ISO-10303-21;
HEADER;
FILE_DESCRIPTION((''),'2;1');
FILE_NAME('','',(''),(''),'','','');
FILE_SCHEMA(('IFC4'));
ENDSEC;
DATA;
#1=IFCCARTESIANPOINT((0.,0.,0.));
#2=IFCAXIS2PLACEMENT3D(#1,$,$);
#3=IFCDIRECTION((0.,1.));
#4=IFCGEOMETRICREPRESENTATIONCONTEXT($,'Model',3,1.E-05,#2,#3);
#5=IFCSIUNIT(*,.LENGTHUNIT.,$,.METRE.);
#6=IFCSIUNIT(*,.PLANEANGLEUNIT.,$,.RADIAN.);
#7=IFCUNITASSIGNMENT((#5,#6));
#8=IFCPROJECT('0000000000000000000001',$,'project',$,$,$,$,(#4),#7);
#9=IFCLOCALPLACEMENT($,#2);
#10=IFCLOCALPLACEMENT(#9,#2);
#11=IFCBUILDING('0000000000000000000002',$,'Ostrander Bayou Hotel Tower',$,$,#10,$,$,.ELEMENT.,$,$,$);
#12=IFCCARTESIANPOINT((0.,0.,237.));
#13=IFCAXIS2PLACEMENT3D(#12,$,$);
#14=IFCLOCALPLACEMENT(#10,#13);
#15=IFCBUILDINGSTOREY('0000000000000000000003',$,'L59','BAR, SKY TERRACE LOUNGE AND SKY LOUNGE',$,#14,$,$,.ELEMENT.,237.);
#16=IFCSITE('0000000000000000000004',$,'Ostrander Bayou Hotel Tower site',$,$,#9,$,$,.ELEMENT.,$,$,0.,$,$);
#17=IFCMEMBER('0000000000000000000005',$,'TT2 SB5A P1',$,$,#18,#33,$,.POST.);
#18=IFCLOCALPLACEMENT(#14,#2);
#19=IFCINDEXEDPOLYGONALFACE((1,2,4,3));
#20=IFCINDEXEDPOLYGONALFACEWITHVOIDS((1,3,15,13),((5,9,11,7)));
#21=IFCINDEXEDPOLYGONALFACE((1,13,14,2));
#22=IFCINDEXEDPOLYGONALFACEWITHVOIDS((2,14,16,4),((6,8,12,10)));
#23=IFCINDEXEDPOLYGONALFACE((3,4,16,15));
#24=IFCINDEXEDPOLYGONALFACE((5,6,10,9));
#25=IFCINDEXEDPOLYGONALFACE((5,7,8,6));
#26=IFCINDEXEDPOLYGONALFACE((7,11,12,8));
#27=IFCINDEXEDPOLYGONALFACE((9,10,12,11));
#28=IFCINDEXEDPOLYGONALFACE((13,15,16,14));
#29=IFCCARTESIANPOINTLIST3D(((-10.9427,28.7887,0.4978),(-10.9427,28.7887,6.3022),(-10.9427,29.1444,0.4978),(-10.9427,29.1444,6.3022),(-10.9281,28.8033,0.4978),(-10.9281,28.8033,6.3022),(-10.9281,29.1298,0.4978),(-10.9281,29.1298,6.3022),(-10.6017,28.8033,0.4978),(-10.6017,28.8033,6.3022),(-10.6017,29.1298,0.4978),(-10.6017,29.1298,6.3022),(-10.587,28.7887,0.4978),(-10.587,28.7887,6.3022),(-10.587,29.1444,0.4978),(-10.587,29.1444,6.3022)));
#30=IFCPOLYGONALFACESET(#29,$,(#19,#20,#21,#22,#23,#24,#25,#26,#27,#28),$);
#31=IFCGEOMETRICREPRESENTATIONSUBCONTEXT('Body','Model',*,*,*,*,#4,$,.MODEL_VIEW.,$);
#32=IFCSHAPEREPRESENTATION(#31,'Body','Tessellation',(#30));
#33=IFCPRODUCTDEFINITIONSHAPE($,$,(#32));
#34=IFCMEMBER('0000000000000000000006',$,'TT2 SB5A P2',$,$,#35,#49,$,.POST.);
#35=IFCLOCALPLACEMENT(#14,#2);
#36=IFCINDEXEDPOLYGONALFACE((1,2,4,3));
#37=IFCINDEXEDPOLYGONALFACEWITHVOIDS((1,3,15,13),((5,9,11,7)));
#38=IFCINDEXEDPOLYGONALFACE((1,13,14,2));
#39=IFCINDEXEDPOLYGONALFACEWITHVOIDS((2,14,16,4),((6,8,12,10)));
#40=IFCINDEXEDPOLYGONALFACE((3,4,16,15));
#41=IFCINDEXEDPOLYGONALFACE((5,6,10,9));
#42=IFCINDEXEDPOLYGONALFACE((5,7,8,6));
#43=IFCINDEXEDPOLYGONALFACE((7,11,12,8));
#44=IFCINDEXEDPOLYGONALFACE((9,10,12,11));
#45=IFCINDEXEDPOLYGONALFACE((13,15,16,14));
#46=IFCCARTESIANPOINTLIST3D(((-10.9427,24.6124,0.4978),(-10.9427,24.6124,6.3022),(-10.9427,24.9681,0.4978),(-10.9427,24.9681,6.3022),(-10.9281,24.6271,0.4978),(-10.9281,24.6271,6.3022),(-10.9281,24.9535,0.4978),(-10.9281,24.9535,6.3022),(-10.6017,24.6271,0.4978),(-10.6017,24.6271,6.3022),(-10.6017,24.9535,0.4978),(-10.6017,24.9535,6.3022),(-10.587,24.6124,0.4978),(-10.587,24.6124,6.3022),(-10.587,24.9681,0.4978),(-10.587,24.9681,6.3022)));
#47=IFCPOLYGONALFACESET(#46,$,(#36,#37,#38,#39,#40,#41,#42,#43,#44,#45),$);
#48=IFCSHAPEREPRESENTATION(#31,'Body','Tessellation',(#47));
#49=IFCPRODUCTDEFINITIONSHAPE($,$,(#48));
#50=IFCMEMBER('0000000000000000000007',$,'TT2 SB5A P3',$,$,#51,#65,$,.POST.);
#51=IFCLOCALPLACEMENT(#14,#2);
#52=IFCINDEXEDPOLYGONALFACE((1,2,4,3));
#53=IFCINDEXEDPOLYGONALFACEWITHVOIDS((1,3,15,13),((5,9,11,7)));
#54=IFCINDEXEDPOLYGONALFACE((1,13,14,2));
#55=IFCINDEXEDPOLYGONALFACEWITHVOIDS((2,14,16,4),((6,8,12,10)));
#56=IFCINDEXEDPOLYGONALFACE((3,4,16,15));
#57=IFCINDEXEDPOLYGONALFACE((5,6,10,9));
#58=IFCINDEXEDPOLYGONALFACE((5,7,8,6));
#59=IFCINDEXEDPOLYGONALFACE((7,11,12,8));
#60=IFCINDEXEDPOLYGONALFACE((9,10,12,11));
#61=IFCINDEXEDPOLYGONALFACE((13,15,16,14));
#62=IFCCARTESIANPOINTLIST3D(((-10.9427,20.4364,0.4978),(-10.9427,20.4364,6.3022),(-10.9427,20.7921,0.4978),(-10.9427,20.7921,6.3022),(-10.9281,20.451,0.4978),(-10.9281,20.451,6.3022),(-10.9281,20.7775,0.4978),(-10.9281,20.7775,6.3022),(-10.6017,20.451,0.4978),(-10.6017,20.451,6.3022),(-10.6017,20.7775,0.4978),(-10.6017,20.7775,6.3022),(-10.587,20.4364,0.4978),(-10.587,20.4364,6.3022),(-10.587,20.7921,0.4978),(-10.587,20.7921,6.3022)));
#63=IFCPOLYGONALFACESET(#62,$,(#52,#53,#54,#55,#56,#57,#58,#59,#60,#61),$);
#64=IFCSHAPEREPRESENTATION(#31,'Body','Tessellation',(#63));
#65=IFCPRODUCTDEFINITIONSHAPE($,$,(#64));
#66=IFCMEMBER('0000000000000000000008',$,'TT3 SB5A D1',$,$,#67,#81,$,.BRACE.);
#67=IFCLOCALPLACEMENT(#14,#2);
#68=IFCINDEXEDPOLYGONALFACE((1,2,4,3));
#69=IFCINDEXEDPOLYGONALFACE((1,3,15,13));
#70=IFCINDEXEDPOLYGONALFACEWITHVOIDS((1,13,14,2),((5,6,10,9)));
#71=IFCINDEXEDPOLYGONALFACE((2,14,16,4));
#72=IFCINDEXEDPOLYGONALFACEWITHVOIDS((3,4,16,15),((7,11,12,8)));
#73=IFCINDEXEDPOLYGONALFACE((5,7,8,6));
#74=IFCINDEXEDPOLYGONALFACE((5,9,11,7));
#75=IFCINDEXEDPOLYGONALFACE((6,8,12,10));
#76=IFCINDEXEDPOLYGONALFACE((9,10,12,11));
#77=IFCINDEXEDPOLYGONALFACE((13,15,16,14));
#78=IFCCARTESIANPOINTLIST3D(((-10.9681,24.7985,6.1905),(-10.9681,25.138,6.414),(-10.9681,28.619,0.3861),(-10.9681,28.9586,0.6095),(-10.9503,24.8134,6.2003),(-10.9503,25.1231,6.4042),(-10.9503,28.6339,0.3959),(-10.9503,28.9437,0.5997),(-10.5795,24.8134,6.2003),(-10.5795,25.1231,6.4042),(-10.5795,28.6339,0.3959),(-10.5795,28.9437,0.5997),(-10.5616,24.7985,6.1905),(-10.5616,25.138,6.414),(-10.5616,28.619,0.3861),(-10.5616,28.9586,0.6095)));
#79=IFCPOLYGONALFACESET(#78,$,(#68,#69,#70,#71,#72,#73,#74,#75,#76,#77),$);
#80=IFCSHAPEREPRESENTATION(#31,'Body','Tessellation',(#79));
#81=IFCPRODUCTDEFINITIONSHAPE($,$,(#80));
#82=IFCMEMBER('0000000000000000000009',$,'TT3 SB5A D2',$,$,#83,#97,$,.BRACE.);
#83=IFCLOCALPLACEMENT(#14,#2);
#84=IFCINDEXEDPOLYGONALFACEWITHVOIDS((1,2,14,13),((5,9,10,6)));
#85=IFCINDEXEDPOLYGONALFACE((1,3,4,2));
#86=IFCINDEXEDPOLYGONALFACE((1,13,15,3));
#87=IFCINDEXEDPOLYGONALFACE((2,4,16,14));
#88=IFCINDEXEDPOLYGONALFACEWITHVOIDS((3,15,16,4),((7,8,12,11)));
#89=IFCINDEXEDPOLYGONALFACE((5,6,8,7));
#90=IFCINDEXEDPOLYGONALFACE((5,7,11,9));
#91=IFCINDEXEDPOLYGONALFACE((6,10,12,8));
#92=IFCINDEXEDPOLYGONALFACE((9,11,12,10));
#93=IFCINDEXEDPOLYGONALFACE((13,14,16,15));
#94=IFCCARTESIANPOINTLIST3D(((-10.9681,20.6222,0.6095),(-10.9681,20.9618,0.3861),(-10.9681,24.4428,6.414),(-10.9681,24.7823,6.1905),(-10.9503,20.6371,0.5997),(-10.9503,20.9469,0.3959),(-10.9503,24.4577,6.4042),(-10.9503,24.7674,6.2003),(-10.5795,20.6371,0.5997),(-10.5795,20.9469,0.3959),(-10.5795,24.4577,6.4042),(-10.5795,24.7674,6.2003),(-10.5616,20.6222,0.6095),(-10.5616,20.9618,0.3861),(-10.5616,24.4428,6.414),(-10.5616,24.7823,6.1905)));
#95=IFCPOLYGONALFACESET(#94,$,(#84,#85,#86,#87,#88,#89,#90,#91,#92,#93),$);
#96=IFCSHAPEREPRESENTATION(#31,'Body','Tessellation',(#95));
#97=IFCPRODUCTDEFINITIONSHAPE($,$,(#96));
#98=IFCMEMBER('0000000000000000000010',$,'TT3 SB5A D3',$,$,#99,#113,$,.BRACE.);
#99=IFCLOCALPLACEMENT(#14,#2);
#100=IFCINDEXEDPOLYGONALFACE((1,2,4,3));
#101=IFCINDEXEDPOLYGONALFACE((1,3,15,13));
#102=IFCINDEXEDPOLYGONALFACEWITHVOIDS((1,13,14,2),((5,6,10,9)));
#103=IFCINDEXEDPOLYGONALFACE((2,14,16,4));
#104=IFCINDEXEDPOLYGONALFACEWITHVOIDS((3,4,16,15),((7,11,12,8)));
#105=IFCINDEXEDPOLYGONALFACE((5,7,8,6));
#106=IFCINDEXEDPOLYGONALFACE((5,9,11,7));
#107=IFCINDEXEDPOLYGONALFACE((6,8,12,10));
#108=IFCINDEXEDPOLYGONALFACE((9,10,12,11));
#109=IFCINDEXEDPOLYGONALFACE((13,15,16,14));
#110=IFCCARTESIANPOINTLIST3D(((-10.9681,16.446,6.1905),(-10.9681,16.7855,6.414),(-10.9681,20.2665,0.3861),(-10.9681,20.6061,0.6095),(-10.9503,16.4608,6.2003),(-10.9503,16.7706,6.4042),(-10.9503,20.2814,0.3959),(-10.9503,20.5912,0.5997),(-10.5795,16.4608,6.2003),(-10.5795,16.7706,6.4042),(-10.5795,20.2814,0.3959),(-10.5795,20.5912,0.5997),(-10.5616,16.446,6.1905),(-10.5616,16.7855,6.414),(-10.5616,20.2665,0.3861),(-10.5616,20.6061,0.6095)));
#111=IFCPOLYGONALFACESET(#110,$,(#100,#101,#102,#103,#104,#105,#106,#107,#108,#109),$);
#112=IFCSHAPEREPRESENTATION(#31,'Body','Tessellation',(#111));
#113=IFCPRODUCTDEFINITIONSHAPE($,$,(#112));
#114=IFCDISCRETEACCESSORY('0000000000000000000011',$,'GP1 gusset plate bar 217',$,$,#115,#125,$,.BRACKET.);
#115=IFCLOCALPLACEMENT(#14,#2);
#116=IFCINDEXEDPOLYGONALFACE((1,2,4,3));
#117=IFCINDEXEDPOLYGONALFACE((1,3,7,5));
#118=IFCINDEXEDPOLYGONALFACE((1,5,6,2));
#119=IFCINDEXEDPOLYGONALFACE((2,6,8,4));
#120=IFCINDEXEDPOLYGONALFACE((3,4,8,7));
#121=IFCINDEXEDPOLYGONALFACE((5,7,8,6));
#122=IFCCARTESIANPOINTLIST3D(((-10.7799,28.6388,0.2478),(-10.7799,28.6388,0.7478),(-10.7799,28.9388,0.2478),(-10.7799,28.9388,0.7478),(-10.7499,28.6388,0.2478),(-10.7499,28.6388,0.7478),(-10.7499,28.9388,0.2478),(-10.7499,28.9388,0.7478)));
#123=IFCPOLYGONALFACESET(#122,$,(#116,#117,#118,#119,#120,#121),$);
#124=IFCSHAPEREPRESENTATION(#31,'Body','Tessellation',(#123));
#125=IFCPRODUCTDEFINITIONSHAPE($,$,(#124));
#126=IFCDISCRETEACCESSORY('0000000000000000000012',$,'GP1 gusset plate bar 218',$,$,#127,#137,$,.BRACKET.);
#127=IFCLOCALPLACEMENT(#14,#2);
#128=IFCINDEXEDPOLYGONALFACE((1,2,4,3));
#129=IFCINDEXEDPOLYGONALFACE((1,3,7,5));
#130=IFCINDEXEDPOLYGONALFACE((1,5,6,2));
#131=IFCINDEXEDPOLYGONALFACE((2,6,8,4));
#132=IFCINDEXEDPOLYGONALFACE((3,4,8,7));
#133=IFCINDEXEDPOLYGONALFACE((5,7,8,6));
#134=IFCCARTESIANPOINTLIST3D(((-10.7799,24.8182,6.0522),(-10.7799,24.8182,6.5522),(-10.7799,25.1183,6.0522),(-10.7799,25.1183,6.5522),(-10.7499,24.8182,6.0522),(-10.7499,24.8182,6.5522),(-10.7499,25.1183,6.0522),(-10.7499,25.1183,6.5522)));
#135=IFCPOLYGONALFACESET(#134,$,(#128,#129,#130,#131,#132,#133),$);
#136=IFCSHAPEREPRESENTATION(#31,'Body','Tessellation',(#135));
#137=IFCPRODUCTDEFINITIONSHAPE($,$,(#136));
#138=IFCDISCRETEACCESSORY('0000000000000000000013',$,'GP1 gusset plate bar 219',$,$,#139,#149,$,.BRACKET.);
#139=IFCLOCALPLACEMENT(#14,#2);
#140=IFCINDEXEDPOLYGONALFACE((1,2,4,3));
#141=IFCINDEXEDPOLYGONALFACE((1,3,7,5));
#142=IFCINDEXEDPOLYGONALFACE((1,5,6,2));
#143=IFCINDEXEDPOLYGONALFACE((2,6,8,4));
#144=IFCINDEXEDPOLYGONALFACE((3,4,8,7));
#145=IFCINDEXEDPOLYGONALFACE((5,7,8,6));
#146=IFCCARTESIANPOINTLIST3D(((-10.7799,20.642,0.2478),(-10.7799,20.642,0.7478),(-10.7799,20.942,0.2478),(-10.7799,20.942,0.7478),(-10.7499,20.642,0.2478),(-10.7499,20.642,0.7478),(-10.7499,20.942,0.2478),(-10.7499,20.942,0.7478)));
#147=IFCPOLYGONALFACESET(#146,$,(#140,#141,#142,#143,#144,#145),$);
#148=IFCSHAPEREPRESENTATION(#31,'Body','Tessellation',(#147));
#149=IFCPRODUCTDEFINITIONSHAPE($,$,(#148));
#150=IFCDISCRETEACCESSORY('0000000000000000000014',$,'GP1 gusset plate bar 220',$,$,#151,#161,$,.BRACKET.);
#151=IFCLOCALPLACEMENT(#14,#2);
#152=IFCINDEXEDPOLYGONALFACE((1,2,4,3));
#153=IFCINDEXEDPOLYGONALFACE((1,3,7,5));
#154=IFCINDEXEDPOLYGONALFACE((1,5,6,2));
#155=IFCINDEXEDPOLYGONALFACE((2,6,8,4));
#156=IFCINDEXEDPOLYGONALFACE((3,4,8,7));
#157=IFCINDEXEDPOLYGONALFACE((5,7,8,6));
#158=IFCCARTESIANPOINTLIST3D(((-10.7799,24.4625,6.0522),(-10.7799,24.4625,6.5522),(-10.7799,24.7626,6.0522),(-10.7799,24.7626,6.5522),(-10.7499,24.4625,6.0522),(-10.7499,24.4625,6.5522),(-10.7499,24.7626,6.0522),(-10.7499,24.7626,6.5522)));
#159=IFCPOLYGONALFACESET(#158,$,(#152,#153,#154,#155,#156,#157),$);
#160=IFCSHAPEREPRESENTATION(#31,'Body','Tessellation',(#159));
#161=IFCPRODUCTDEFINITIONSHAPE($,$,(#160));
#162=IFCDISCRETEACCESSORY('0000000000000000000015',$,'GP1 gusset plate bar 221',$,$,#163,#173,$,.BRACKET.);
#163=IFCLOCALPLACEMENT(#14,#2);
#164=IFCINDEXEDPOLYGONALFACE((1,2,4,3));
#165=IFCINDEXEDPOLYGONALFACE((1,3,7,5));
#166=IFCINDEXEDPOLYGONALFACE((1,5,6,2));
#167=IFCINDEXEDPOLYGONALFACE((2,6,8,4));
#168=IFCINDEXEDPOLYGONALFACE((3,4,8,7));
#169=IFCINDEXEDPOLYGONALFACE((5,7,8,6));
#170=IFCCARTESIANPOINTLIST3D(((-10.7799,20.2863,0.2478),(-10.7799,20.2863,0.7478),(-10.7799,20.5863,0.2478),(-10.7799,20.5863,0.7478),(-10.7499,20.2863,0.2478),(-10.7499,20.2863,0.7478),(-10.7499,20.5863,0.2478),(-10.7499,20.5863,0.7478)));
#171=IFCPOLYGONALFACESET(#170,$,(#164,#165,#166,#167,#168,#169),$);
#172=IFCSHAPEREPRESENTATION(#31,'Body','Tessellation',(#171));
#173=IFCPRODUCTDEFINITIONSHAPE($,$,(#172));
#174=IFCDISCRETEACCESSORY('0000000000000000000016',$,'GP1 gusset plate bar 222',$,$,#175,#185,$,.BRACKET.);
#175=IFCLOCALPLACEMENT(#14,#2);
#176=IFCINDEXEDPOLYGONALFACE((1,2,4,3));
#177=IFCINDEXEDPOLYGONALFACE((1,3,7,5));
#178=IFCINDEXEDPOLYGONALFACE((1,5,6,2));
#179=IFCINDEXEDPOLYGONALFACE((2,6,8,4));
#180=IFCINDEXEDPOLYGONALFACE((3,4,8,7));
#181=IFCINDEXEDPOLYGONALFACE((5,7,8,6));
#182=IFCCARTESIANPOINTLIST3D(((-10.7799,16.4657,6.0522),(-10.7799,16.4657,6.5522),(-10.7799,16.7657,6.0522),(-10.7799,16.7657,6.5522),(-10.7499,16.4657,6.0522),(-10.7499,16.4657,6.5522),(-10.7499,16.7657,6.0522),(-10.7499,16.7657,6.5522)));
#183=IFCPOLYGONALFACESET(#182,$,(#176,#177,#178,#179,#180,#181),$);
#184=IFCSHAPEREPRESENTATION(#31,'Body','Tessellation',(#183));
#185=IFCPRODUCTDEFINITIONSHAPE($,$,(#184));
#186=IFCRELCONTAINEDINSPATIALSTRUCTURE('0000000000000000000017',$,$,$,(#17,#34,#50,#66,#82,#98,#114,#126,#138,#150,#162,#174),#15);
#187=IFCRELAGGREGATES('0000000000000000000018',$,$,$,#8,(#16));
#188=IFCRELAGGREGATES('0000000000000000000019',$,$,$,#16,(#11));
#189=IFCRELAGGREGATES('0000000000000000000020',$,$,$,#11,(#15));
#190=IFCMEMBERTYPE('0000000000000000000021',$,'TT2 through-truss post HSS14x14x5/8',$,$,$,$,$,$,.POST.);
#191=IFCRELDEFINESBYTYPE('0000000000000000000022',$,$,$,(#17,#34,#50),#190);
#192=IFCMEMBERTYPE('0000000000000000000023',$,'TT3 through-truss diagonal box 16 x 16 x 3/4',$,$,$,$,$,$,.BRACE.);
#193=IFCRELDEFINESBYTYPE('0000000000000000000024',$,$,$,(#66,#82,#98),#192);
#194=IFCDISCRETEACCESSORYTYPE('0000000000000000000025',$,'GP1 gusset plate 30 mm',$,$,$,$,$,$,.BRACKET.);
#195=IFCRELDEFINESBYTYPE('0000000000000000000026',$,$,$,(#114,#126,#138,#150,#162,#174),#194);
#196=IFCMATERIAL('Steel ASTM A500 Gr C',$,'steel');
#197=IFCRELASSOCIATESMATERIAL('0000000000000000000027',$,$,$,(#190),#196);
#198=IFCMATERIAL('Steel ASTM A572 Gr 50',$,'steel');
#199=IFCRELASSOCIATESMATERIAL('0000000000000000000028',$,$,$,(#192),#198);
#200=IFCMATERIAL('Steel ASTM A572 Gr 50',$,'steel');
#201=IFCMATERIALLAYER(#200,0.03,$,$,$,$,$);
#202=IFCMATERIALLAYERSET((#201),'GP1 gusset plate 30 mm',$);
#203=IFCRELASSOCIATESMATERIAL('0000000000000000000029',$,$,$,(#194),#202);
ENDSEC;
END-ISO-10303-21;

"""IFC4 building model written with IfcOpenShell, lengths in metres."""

from ifc_helpers import new_model, si_unit, direction, frame, origin, origin_2d, place, context, subcontext, project, spatial, rectangle, hollow_rectangle, extrude, material, layer, layer_set, material_profile, profile_set, type_object, element, save


model = new_model("IFC4")

# Units and contexts
model_context = context("Model", 3, precision=1e-05, world=origin(), true_north=direction((0.0, 1.0)))
body_context = subcontext(model_context, "Body", "Model", "MODEL_VIEW")
ifc_project = project(units=[si_unit("LENGTHUNIT", "METRE"), si_unit("PLANEANGLEUNIT", "RADIAN")], contexts=[model_context])

# Site, building, storey
site_placement = place(None, origin())
site = spatial("IfcSite", under=ifc_project, at=site_placement, Name="Ostrander Bayou Hotel Tower site", CompositionType="ELEMENT", RefElevation=0.0)
building_placement = place(site_placement, origin())
building = spatial("IfcBuilding", under=site, at=building_placement, Name="Ostrander Bayou Hotel Tower", CompositionType="ELEMENT")
storey_placement = place(building_placement, frame((0.0, 0.0, 237.0)))
storey = spatial("IfcBuildingStorey", under=building, at=storey_placement, Name="L59", Description="BAR, SKY TERRACE LOUNGE AND SKY LOUNGE", CompositionType="ELEMENT", Elevation=237.0)

# Members
ifc_material_1 = material(Name="Steel ASTM A500 Gr C", Category="steel")
ifc_material_profile_1 = material_profile(ifc_material_1, hollow_rectangle(XDim=0.3557, YDim=0.3557, WallThickness=0.0146, at=origin_2d()))
ifc_profile_set_1 = profile_set([ifc_material_profile_1], Name="Steel ASTM A500 Gr C")
member_type_1 = type_object("IfcMemberType", Name="TT2 through-truss post HSS14x14x5/8", PredefinedType="POST", material=ifc_profile_set_1)
for number, where, z_axis, x_axis, name in (
    (1, (-10.7649, 28.9666, 0.4978), (0.0, 0.0, 1.0), (1.0, 0.0, 0.0), "TT2 SB5A P1"),
    (2, (-10.7649, 24.7903, 0.4978), (0.0, 0.0, 1.0), (1.0, 0.0, 0.0), "TT2 SB5A P2"),
    (3, (-10.7649, 20.6143, 0.4978), (0.0, 0.0, 1.0), (1.0, 0.0, 0.0), "TT2 SB5A P3"),
):
    element("IfcMember", number, at=place(storey_placement, frame(where, z_axis=z_axis, x_axis=x_axis)), inside=storey, type_object=member_type_1, Name=name, PredefinedType="POST", context=body_context, shape_type="SweptSolid", body=[
        extrude(hollow_rectangle(XDim=0.3557, YDim=0.3557, WallThickness=0.0146, at=origin_2d()), origin(), (0.0, 0.0, 1.0), 5.8044),
    ])
ifc_material_2 = material(Name="Steel ASTM A572 Gr 50", Category="steel")
ifc_material_profile_2 = material_profile(ifc_material_2, hollow_rectangle(XDim=0.4065, YDim=0.4065, WallThickness=0.0178, at=origin_2d()))
ifc_profile_set_2 = profile_set([ifc_material_profile_2], Name="Steel ASTM A572 Gr 50")
member_type_2 = type_object("IfcMemberType", Name="TT3 through-truss diagonal box 16 x 16 x 3/4", PredefinedType="BRACE", material=ifc_profile_set_2)
for number, where, z_axis, x_axis, name in (
    (4, (-10.7649, 28.7888, 0.4978), (0.0, -0.549802, 0.835295), (1.0, 0.0, 0.0), "TT3 SB5A D1"),
    (5, (-10.7649, 20.792, 0.4978), (0.0, 0.549802, 0.835295), (-1.0, 0.0, 0.0), "TT3 SB5A D2"),
    (6, (-10.7649, 20.4363, 0.4978), (0.0, -0.549802, 0.835295), (1.0, 0.0, 0.0), "TT3 SB5A D3"),
):
    element("IfcMember", number, at=place(storey_placement, frame(where, z_axis=z_axis, x_axis=x_axis)), inside=storey, type_object=member_type_2, Name=name, PredefinedType="BRACE", context=body_context, shape_type="SweptSolid", body=[
        extrude(hollow_rectangle(XDim=0.4065, YDim=0.4065, WallThickness=0.0178, at=origin_2d()), origin(), (0.0, 0.0, 1.0), 6.949),
    ])

# Discrete accessories
ifc_material_3 = material(Name="Steel ASTM A572 Gr 50", Category="steel")
ifc_layer = layer(ifc_material_3, 0.03)
ifc_layer_set = layer_set([ifc_layer], Name="GP1 gusset plate 30 mm")
discrete_accessory_type = type_object("IfcDiscreteAccessoryType", Name="GP1 gusset plate 30 mm", PredefinedType="BRACKET", material=ifc_layer_set)
for number, where, z_axis, x_axis, name in (
    (7, (-10.7649, 28.7888, 0.2478), (0.0, 0.0, 1.0), (0.0, -1.0, 0.0), "GP1 gusset plate bar 217"),
    (8, (-10.7649, 24.9683, 6.0522), (0.0, 0.0, 1.0), (0.0, -1.0, 0.0), "GP1 gusset plate bar 218"),
    (9, (-10.7649, 20.792, 0.2478), (0.0, 0.0, 1.0), (0.0, 1.0, 0.0), "GP1 gusset plate bar 219"),
    (10, (-10.7649, 24.6125, 6.0522), (0.0, 0.0, 1.0), (0.0, 1.0, 0.0), "GP1 gusset plate bar 220"),
    (11, (-10.7649, 20.4363, 0.2478), (0.0, 0.0, 1.0), (0.0, -1.0, 0.0), "GP1 gusset plate bar 221"),
    (12, (-10.7649, 16.6157, 6.0522), (0.0, 0.0, 1.0), (0.0, -1.0, 0.0), "GP1 gusset plate bar 222"),
):
    element("IfcDiscreteAccessory", number, at=place(storey_placement, frame(where, z_axis=z_axis, x_axis=x_axis)), inside=storey, type_object=discrete_accessory_type, Name=name, PredefinedType="BRACKET", context=body_context, shape_type="SweptSolid", body=[
        extrude(rectangle(XDim=0.3, YDim=0.03, at=origin_2d()), origin(), (0.0, 0.0, 1.0), 0.5),
    ])

save(model, "model.ifc")
